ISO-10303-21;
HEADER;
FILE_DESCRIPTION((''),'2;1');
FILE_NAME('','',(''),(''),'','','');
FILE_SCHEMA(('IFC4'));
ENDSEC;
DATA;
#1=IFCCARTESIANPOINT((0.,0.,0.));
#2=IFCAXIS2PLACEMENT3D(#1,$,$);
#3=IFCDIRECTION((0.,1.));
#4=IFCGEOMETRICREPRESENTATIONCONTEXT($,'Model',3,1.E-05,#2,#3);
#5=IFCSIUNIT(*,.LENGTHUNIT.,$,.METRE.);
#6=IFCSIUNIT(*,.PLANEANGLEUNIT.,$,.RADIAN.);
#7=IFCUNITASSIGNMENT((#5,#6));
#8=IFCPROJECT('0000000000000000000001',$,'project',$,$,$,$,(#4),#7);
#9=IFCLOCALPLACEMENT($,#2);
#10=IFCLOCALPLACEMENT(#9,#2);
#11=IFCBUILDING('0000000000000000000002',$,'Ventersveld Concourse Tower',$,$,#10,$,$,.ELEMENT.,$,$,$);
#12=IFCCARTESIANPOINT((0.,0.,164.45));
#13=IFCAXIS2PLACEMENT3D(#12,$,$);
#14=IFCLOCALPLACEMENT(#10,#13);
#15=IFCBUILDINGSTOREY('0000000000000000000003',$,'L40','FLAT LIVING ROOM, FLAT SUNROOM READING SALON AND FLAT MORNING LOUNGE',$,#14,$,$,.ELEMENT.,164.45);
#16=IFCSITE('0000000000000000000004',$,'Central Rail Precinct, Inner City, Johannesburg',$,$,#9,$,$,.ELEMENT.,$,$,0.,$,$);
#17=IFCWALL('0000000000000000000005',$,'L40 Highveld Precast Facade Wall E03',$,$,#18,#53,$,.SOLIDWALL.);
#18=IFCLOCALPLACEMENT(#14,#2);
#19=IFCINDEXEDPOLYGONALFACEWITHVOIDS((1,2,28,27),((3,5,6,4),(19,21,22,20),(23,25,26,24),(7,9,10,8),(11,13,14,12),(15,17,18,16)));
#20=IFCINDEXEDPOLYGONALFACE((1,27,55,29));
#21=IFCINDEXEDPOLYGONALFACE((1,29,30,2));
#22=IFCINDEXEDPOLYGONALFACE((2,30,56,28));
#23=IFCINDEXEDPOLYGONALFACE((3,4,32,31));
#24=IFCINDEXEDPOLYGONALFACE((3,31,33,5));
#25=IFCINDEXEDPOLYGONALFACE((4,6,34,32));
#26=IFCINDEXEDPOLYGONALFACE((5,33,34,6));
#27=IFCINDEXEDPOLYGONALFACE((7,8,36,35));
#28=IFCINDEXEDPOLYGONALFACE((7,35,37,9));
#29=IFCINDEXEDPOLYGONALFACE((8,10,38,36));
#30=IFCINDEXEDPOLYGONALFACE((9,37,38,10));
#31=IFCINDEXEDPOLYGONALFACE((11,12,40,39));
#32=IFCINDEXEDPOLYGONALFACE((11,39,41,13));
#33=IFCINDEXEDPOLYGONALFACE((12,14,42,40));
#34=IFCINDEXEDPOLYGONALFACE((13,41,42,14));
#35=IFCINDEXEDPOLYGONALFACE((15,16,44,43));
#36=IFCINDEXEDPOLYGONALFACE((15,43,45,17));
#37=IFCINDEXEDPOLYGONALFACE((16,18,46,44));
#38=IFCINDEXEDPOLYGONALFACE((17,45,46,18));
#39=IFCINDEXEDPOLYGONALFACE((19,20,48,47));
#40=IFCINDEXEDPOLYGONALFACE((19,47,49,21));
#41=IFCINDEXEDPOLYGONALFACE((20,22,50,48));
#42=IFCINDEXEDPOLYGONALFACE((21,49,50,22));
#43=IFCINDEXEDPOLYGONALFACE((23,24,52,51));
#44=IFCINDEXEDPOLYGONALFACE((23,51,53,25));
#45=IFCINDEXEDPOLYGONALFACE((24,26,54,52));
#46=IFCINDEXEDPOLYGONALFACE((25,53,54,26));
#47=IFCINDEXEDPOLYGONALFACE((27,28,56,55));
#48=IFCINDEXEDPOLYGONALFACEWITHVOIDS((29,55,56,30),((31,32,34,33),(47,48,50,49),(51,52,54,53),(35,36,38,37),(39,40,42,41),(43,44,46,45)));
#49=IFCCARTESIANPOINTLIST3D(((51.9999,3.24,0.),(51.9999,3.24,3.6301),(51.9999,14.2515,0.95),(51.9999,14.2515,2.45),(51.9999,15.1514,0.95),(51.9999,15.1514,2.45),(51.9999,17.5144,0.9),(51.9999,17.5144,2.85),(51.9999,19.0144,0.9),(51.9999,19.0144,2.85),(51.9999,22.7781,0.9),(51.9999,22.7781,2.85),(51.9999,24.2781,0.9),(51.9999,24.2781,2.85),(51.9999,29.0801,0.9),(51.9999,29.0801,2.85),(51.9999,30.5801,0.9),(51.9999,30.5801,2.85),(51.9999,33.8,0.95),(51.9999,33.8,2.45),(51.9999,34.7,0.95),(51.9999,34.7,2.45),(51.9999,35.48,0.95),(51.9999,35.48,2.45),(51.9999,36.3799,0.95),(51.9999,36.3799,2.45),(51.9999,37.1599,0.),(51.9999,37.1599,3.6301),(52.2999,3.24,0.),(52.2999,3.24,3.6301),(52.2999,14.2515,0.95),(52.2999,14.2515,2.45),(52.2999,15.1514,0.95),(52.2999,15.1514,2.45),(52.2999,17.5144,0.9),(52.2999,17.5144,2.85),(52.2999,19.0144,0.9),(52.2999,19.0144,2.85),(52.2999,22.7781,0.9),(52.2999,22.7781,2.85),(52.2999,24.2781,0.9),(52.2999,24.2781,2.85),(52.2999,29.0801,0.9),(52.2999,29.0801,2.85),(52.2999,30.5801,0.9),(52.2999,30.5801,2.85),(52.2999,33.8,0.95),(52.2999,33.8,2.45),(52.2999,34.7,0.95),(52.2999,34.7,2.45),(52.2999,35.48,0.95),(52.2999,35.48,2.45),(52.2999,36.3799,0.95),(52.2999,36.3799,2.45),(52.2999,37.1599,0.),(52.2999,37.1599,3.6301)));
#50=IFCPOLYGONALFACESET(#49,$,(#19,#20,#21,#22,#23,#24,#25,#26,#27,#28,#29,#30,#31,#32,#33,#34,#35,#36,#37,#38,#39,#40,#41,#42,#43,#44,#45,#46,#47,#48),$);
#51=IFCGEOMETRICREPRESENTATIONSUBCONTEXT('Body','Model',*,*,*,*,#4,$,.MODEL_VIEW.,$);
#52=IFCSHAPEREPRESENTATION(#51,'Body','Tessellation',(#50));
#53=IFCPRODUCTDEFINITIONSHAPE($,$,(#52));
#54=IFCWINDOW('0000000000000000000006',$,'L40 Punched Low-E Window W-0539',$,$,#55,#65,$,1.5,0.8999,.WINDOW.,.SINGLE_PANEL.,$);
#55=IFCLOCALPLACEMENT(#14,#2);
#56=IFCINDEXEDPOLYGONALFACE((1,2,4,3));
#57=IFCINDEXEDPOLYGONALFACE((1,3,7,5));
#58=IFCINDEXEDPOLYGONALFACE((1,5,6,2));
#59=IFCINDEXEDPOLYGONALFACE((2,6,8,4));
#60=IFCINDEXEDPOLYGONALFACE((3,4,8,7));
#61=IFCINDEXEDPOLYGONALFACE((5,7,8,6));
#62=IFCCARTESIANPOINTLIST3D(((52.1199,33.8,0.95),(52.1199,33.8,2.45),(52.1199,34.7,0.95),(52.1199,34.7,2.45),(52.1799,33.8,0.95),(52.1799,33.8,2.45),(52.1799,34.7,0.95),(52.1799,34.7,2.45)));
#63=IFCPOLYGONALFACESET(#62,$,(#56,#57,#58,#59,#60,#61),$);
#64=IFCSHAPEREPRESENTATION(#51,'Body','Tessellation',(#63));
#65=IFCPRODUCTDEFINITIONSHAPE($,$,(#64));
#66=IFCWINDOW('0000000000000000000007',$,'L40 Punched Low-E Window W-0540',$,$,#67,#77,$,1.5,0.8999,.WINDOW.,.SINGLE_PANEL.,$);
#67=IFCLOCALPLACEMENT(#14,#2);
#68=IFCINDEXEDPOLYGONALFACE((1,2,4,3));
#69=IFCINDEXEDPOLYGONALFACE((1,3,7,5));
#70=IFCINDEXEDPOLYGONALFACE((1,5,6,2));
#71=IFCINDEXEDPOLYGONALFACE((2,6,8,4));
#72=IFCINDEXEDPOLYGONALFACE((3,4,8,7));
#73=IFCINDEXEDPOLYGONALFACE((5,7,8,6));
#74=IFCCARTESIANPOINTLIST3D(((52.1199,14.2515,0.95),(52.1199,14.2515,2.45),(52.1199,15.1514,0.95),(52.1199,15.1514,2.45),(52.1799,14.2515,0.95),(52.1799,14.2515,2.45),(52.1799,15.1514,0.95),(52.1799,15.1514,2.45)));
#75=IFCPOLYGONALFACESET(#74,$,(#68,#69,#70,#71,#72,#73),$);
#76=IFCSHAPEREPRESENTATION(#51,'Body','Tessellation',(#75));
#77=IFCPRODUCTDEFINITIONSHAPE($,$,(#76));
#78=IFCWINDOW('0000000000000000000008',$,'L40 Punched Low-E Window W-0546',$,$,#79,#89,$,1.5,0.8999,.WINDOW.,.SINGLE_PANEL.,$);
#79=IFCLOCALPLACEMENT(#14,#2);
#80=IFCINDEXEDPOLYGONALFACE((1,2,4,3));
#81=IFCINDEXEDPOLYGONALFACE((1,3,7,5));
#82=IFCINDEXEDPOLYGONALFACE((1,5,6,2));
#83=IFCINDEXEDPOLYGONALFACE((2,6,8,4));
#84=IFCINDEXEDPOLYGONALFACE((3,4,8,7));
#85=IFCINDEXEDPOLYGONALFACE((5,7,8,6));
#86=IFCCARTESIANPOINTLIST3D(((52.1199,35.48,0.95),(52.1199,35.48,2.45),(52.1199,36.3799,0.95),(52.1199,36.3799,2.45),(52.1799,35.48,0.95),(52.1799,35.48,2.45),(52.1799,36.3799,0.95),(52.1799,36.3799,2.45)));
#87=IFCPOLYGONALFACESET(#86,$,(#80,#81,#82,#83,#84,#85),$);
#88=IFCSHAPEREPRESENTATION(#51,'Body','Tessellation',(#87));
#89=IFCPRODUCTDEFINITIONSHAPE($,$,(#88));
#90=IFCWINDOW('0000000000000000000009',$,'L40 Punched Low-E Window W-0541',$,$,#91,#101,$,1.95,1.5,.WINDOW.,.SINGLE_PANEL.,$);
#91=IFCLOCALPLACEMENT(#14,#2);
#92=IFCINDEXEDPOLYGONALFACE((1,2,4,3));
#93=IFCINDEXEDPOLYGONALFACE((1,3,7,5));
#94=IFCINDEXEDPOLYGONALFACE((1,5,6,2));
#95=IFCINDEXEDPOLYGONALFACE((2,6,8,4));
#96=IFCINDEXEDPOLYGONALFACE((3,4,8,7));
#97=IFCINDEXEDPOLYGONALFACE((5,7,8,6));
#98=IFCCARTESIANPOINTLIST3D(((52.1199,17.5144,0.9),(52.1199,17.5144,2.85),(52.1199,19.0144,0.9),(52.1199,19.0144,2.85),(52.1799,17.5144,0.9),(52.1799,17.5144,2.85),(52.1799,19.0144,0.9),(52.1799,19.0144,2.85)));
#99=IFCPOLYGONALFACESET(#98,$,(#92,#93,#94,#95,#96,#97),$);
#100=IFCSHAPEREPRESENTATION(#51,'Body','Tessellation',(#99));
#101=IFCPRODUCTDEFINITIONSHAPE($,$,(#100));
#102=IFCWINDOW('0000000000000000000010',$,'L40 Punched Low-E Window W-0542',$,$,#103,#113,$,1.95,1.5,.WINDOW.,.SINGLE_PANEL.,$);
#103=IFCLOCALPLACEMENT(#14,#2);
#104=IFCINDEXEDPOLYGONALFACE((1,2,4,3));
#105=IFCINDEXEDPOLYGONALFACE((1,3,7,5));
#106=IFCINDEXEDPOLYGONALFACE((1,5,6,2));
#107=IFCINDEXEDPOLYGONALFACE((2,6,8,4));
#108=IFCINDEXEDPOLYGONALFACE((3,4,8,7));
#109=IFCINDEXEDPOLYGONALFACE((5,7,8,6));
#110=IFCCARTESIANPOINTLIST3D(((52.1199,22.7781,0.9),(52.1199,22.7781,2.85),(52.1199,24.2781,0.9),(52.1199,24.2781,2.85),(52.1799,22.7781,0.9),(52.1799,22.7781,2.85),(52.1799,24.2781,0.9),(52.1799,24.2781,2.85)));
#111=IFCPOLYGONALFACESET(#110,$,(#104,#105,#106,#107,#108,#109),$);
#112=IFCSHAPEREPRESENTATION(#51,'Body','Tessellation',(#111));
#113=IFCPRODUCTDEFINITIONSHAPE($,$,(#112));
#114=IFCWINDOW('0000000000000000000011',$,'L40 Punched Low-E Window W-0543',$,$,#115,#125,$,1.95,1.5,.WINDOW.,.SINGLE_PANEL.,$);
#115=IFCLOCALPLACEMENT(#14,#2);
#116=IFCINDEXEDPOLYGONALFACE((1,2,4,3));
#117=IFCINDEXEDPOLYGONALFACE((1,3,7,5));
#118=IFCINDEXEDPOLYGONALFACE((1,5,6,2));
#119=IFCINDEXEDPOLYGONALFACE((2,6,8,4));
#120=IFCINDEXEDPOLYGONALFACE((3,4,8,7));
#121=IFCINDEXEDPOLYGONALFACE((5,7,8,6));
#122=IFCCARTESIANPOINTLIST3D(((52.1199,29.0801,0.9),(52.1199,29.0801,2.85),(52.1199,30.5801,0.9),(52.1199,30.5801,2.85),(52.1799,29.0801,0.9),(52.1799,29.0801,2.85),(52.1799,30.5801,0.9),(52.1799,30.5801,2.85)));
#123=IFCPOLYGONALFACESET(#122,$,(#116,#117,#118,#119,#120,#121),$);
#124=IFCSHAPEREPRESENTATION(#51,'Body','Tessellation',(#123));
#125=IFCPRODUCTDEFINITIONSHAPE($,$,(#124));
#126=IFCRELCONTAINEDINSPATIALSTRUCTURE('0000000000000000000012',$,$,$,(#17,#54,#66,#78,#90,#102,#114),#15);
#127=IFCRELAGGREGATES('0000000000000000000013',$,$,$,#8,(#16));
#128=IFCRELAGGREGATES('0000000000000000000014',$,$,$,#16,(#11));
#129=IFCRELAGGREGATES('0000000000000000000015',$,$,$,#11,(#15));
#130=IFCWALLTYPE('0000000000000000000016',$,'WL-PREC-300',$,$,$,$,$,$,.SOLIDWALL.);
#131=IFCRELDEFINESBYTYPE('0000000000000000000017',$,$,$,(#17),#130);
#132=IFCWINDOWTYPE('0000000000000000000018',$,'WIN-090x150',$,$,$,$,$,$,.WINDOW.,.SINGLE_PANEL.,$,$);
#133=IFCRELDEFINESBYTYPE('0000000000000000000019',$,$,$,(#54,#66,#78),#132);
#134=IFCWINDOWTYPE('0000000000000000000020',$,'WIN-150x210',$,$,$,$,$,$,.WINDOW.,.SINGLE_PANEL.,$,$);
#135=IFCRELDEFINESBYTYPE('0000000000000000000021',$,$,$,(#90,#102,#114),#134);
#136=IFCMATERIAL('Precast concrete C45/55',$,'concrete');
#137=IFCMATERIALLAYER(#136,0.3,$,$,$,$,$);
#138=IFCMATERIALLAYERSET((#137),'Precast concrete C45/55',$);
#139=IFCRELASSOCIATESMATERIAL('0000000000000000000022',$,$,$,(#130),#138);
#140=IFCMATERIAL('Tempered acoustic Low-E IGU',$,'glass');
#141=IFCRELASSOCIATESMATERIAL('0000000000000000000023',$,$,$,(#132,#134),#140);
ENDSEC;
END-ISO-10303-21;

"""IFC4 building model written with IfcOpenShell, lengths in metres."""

from ifc_helpers import new_model, si_unit, direction, frame, frame_2d, origin, place, context, subcontext, project, spatial, rectangle, extrude, material, layer, layer_set, type_object, element, fill, save


model = new_model("IFC4")

# Units and contexts
model_context = context("Model", 3, precision=1e-05, world=origin(), true_north=direction((0.0, 1.0)))
body_context = subcontext(model_context, "Body", "Model", "MODEL_VIEW")
ifc_project = project(units=[si_unit("LENGTHUNIT", "METRE"), si_unit("PLANEANGLEUNIT", "RADIAN")], contexts=[model_context])

# Site, building, storey
site_placement = place(None, origin())
site = spatial("IfcSite", under=ifc_project, at=site_placement, Name="Central Rail Precinct, Inner City, Johannesburg", CompositionType="ELEMENT", RefElevation=0.0)
building_placement = place(site_placement, origin())
building = spatial("IfcBuilding", under=site, at=building_placement, Name="Ventersveld Concourse Tower", CompositionType="ELEMENT")
storey_placement = place(building_placement, frame((0.0, 0.0, 164.45)))
storey = spatial("IfcBuildingStorey", under=building, at=storey_placement, Name="L40", Description="FLAT LIVING ROOM, FLAT SUNROOM READING SALON AND FLAT MORNING LOUNGE", CompositionType="ELEMENT", Elevation=164.45)

# Shared definitions
ifc_material_1 = material(Name="Precast concrete C45/55", Category="concrete")
ifc_layer_1 = layer(ifc_material_1, 0.3)
ifc_layer_set_1 = layer_set([ifc_layer_1], Name="Precast concrete C45/55")
wall_type_1 = type_object("IfcWallType", Name="WL-PREC-300", PredefinedType="SOLIDWALL", material=ifc_layer_set_1)

# Wall, openings, windows
wall_1_placement = place(storey_placement, frame((52.1499, 3.24, 0.0), z_axis=(0.0, 0.0, 1.0), x_axis=(0.0, 1.0, 0.0)))
wall_1 = element("IfcWall", 1, at=wall_1_placement, inside=storey, type_object=wall_type_1, Name="L40 Highveld Precast Facade Wall E03", PredefinedType="SOLIDWALL", context=body_context, shape_type="SweptSolid", body=[
    extrude(rectangle(XDim=33.9199, YDim=0.3, at=frame_2d((16.96, 0.0))), origin(), (0.0, 0.0, 1.0), 3.6301),
])
opening_1_placement = place(wall_1_placement, frame((30.5601, 0.0, 0.95)))
opening_1 = element("IfcOpeningElement", 2, at=opening_1_placement, cuts=wall_1, PredefinedType="OPENING", context=body_context, shape_type="SweptSolid", body=[
    extrude(rectangle(XDim=0.8999, YDim=1.5, at=frame_2d((0.45, 0.75))), frame((0.0, 0.1602, 0.0), z_axis=(0.0, -1.0, 0.0), x_axis=(1.0, 0.0, 0.0)), (0.0, 0.0, 1.0), 0.3201),
])
opening_2_placement = place(wall_1_placement, frame((11.0115, 0.0, 0.95)))
opening_2 = element("IfcOpeningElement", 3, at=opening_2_placement, cuts=wall_1, PredefinedType="OPENING", context=body_context, shape_type="SweptSolid", body=[
    extrude(rectangle(XDim=0.8999, YDim=1.5, at=frame_2d((0.45, 0.75))), frame((0.0, 0.1602, 0.0), z_axis=(0.0, -1.0, 0.0), x_axis=(1.0, 0.0, 0.0)), (0.0, 0.0, 1.0), 0.3201),
])
opening_3_placement = place(wall_1_placement, frame((14.2744, 0.0, 0.8999)))
opening_3 = element("IfcOpeningElement", 4, at=opening_3_placement, cuts=wall_1, PredefinedType="OPENING", context=body_context, shape_type="SweptSolid", body=[
    extrude(rectangle(XDim=1.5, YDim=1.95, at=frame_2d((0.75, 0.9751))), frame((0.0, 0.1602, 0.0), z_axis=(0.0, -1.0, 0.0), x_axis=(1.0, 0.0, 0.0)), (0.0, 0.0, 1.0), 0.3201),
])
opening_4_placement = place(wall_1_placement, frame((19.5381, 0.0, 0.8999)))
opening_4 = element("IfcOpeningElement", 5, at=opening_4_placement, cuts=wall_1, PredefinedType="OPENING", context=body_context, shape_type="SweptSolid", body=[
    extrude(rectangle(XDim=1.5, YDim=1.95, at=frame_2d((0.75, 0.9751))), frame((0.0, 0.1602, 0.0), z_axis=(0.0, -1.0, 0.0), x_axis=(1.0, 0.0, 0.0)), (0.0, 0.0, 1.0), 0.3201),
])
opening_5_placement = place(wall_1_placement, frame((25.8401, 0.0, 0.8999)))
opening_5 = element("IfcOpeningElement", 6, at=opening_5_placement, cuts=wall_1, PredefinedType="OPENING", context=body_context, shape_type="SweptSolid", body=[
    extrude(rectangle(XDim=1.5, YDim=1.95, at=frame_2d((0.75, 0.9751))), frame((0.0, 0.1602, 0.0), z_axis=(0.0, -1.0, 0.0), x_axis=(1.0, 0.0, 0.0)), (0.0, 0.0, 1.0), 0.3201),
])
opening_6_placement = place(wall_1_placement, frame((32.24, 0.0, 0.95)))
opening_6 = element("IfcOpeningElement", 7, at=opening_6_placement, cuts=wall_1, PredefinedType="OPENING", context=body_context, shape_type="SweptSolid", body=[
    extrude(rectangle(XDim=0.8999, YDim=1.5, at=frame_2d((0.45, 0.75))), frame((0.0, 0.1602, 0.0), z_axis=(0.0, -1.0, 0.0), x_axis=(1.0, 0.0, 0.0)), (0.0, 0.0, 1.0), 0.3201),
])
ifc_material_2 = material(Name="Tempered acoustic Low-E IGU", Category="glass")
window_type_1 = type_object("IfcWindowType", Name="WIN-090x150", PartitioningType="SINGLE_PANEL", PredefinedType="WINDOW", material=ifc_material_2)
window_1_placement = place(opening_1_placement, origin())
window_1 = element("IfcWindow", 8, at=window_1_placement, inside=storey, type_object=window_type_1, Name="L40 Punched Low-E Window W-0539", OverallHeight=1.5, OverallWidth=0.8999, PartitioningType="SINGLE_PANEL", PredefinedType="WINDOW", context=body_context, shape_type="SweptSolid", body=[
    extrude(rectangle(XDim=0.8999, YDim=1.5, at=frame_2d((0.45, 0.75))), frame((0.0, 0.03, 0.0), z_axis=(0.0, -1.0, 0.0), x_axis=(1.0, 0.0, 0.0)), (0.0, 0.0, 1.0), 0.0601),
])
fill(opening_1, window_1)
window_2_placement = place(opening_2_placement, origin())
window_2 = element("IfcWindow", 9, at=window_2_placement, inside=storey, type_object=window_type_1, Name="L40 Punched Low-E Window W-0540", OverallHeight=1.5, OverallWidth=0.8999, PartitioningType="SINGLE_PANEL", PredefinedType="WINDOW", context=body_context, shape_type="SweptSolid", body=[
    extrude(rectangle(XDim=0.8999, YDim=1.5, at=frame_2d((0.45, 0.75))), frame((0.0, 0.03, 0.0), z_axis=(0.0, -1.0, 0.0), x_axis=(1.0, 0.0, 0.0)), (0.0, 0.0, 1.0), 0.0601),
])
fill(opening_2, window_2)
window_3_placement = place(opening_6_placement, origin())
window_3 = element("IfcWindow", 10, at=window_3_placement, inside=storey, type_object=window_type_1, Name="L40 Punched Low-E Window W-0546", OverallHeight=1.5, OverallWidth=0.8999, PartitioningType="SINGLE_PANEL", PredefinedType="WINDOW", context=body_context, shape_type="SweptSolid", body=[
    extrude(rectangle(XDim=0.8999, YDim=1.5, at=frame_2d((0.45, 0.75))), frame((0.0, 0.03, 0.0), z_axis=(0.0, -1.0, 0.0), x_axis=(1.0, 0.0, 0.0)), (0.0, 0.0, 1.0), 0.0601),
])
fill(opening_6, window_3)
window_type_2 = type_object("IfcWindowType", Name="WIN-150x210", PartitioningType="SINGLE_PANEL", PredefinedType="WINDOW", material=ifc_material_2)
window_4_placement = place(opening_3_placement, origin())
window_4 = element("IfcWindow", 11, at=window_4_placement, inside=storey, type_object=window_type_2, Name="L40 Punched Low-E Window W-0541", OverallHeight=1.95, OverallWidth=1.5, PartitioningType="SINGLE_PANEL", PredefinedType="WINDOW", context=body_context, shape_type="SweptSolid", body=[
    extrude(rectangle(XDim=1.5, YDim=1.95, at=frame_2d((0.75, 0.9751))), frame((0.0, 0.03, 0.0), z_axis=(0.0, -1.0, 0.0), x_axis=(1.0, 0.0, 0.0)), (0.0, 0.0, 1.0), 0.0601),
])
fill(opening_3, window_4)
window_5_placement = place(opening_4_placement, origin())
window_5 = element("IfcWindow", 12, at=window_5_placement, inside=storey, type_object=window_type_2, Name="L40 Punched Low-E Window W-0542", OverallHeight=1.95, OverallWidth=1.5, PartitioningType="SINGLE_PANEL", PredefinedType="WINDOW", context=body_context, shape_type="SweptSolid", body=[
    extrude(rectangle(XDim=1.5, YDim=1.95, at=frame_2d((0.75, 0.9751))), frame((0.0, 0.03, 0.0), z_axis=(0.0, -1.0, 0.0), x_axis=(1.0, 0.0, 0.0)), (0.0, 0.0, 1.0), 0.0601),
])
fill(opening_4, window_5)
window_6_placement = place(opening_5_placement, origin())
window_6 = element("IfcWindow", 13, at=window_6_placement, inside=storey, type_object=window_type_2, Name="L40 Punched Low-E Window W-0543", OverallHeight=1.95, OverallWidth=1.5, PartitioningType="SINGLE_PANEL", PredefinedType="WINDOW", context=body_context, shape_type="SweptSolid", body=[
    extrude(rectangle(XDim=1.5, YDim=1.95, at=frame_2d((0.75, 0.9751))), frame((0.0, 0.03, 0.0), z_axis=(0.0, -1.0, 0.0), x_axis=(1.0, 0.0, 0.0)), (0.0, 0.0, 1.0), 0.0601),
])
fill(opening_5, window_6)

save(model, "model.ifc")
